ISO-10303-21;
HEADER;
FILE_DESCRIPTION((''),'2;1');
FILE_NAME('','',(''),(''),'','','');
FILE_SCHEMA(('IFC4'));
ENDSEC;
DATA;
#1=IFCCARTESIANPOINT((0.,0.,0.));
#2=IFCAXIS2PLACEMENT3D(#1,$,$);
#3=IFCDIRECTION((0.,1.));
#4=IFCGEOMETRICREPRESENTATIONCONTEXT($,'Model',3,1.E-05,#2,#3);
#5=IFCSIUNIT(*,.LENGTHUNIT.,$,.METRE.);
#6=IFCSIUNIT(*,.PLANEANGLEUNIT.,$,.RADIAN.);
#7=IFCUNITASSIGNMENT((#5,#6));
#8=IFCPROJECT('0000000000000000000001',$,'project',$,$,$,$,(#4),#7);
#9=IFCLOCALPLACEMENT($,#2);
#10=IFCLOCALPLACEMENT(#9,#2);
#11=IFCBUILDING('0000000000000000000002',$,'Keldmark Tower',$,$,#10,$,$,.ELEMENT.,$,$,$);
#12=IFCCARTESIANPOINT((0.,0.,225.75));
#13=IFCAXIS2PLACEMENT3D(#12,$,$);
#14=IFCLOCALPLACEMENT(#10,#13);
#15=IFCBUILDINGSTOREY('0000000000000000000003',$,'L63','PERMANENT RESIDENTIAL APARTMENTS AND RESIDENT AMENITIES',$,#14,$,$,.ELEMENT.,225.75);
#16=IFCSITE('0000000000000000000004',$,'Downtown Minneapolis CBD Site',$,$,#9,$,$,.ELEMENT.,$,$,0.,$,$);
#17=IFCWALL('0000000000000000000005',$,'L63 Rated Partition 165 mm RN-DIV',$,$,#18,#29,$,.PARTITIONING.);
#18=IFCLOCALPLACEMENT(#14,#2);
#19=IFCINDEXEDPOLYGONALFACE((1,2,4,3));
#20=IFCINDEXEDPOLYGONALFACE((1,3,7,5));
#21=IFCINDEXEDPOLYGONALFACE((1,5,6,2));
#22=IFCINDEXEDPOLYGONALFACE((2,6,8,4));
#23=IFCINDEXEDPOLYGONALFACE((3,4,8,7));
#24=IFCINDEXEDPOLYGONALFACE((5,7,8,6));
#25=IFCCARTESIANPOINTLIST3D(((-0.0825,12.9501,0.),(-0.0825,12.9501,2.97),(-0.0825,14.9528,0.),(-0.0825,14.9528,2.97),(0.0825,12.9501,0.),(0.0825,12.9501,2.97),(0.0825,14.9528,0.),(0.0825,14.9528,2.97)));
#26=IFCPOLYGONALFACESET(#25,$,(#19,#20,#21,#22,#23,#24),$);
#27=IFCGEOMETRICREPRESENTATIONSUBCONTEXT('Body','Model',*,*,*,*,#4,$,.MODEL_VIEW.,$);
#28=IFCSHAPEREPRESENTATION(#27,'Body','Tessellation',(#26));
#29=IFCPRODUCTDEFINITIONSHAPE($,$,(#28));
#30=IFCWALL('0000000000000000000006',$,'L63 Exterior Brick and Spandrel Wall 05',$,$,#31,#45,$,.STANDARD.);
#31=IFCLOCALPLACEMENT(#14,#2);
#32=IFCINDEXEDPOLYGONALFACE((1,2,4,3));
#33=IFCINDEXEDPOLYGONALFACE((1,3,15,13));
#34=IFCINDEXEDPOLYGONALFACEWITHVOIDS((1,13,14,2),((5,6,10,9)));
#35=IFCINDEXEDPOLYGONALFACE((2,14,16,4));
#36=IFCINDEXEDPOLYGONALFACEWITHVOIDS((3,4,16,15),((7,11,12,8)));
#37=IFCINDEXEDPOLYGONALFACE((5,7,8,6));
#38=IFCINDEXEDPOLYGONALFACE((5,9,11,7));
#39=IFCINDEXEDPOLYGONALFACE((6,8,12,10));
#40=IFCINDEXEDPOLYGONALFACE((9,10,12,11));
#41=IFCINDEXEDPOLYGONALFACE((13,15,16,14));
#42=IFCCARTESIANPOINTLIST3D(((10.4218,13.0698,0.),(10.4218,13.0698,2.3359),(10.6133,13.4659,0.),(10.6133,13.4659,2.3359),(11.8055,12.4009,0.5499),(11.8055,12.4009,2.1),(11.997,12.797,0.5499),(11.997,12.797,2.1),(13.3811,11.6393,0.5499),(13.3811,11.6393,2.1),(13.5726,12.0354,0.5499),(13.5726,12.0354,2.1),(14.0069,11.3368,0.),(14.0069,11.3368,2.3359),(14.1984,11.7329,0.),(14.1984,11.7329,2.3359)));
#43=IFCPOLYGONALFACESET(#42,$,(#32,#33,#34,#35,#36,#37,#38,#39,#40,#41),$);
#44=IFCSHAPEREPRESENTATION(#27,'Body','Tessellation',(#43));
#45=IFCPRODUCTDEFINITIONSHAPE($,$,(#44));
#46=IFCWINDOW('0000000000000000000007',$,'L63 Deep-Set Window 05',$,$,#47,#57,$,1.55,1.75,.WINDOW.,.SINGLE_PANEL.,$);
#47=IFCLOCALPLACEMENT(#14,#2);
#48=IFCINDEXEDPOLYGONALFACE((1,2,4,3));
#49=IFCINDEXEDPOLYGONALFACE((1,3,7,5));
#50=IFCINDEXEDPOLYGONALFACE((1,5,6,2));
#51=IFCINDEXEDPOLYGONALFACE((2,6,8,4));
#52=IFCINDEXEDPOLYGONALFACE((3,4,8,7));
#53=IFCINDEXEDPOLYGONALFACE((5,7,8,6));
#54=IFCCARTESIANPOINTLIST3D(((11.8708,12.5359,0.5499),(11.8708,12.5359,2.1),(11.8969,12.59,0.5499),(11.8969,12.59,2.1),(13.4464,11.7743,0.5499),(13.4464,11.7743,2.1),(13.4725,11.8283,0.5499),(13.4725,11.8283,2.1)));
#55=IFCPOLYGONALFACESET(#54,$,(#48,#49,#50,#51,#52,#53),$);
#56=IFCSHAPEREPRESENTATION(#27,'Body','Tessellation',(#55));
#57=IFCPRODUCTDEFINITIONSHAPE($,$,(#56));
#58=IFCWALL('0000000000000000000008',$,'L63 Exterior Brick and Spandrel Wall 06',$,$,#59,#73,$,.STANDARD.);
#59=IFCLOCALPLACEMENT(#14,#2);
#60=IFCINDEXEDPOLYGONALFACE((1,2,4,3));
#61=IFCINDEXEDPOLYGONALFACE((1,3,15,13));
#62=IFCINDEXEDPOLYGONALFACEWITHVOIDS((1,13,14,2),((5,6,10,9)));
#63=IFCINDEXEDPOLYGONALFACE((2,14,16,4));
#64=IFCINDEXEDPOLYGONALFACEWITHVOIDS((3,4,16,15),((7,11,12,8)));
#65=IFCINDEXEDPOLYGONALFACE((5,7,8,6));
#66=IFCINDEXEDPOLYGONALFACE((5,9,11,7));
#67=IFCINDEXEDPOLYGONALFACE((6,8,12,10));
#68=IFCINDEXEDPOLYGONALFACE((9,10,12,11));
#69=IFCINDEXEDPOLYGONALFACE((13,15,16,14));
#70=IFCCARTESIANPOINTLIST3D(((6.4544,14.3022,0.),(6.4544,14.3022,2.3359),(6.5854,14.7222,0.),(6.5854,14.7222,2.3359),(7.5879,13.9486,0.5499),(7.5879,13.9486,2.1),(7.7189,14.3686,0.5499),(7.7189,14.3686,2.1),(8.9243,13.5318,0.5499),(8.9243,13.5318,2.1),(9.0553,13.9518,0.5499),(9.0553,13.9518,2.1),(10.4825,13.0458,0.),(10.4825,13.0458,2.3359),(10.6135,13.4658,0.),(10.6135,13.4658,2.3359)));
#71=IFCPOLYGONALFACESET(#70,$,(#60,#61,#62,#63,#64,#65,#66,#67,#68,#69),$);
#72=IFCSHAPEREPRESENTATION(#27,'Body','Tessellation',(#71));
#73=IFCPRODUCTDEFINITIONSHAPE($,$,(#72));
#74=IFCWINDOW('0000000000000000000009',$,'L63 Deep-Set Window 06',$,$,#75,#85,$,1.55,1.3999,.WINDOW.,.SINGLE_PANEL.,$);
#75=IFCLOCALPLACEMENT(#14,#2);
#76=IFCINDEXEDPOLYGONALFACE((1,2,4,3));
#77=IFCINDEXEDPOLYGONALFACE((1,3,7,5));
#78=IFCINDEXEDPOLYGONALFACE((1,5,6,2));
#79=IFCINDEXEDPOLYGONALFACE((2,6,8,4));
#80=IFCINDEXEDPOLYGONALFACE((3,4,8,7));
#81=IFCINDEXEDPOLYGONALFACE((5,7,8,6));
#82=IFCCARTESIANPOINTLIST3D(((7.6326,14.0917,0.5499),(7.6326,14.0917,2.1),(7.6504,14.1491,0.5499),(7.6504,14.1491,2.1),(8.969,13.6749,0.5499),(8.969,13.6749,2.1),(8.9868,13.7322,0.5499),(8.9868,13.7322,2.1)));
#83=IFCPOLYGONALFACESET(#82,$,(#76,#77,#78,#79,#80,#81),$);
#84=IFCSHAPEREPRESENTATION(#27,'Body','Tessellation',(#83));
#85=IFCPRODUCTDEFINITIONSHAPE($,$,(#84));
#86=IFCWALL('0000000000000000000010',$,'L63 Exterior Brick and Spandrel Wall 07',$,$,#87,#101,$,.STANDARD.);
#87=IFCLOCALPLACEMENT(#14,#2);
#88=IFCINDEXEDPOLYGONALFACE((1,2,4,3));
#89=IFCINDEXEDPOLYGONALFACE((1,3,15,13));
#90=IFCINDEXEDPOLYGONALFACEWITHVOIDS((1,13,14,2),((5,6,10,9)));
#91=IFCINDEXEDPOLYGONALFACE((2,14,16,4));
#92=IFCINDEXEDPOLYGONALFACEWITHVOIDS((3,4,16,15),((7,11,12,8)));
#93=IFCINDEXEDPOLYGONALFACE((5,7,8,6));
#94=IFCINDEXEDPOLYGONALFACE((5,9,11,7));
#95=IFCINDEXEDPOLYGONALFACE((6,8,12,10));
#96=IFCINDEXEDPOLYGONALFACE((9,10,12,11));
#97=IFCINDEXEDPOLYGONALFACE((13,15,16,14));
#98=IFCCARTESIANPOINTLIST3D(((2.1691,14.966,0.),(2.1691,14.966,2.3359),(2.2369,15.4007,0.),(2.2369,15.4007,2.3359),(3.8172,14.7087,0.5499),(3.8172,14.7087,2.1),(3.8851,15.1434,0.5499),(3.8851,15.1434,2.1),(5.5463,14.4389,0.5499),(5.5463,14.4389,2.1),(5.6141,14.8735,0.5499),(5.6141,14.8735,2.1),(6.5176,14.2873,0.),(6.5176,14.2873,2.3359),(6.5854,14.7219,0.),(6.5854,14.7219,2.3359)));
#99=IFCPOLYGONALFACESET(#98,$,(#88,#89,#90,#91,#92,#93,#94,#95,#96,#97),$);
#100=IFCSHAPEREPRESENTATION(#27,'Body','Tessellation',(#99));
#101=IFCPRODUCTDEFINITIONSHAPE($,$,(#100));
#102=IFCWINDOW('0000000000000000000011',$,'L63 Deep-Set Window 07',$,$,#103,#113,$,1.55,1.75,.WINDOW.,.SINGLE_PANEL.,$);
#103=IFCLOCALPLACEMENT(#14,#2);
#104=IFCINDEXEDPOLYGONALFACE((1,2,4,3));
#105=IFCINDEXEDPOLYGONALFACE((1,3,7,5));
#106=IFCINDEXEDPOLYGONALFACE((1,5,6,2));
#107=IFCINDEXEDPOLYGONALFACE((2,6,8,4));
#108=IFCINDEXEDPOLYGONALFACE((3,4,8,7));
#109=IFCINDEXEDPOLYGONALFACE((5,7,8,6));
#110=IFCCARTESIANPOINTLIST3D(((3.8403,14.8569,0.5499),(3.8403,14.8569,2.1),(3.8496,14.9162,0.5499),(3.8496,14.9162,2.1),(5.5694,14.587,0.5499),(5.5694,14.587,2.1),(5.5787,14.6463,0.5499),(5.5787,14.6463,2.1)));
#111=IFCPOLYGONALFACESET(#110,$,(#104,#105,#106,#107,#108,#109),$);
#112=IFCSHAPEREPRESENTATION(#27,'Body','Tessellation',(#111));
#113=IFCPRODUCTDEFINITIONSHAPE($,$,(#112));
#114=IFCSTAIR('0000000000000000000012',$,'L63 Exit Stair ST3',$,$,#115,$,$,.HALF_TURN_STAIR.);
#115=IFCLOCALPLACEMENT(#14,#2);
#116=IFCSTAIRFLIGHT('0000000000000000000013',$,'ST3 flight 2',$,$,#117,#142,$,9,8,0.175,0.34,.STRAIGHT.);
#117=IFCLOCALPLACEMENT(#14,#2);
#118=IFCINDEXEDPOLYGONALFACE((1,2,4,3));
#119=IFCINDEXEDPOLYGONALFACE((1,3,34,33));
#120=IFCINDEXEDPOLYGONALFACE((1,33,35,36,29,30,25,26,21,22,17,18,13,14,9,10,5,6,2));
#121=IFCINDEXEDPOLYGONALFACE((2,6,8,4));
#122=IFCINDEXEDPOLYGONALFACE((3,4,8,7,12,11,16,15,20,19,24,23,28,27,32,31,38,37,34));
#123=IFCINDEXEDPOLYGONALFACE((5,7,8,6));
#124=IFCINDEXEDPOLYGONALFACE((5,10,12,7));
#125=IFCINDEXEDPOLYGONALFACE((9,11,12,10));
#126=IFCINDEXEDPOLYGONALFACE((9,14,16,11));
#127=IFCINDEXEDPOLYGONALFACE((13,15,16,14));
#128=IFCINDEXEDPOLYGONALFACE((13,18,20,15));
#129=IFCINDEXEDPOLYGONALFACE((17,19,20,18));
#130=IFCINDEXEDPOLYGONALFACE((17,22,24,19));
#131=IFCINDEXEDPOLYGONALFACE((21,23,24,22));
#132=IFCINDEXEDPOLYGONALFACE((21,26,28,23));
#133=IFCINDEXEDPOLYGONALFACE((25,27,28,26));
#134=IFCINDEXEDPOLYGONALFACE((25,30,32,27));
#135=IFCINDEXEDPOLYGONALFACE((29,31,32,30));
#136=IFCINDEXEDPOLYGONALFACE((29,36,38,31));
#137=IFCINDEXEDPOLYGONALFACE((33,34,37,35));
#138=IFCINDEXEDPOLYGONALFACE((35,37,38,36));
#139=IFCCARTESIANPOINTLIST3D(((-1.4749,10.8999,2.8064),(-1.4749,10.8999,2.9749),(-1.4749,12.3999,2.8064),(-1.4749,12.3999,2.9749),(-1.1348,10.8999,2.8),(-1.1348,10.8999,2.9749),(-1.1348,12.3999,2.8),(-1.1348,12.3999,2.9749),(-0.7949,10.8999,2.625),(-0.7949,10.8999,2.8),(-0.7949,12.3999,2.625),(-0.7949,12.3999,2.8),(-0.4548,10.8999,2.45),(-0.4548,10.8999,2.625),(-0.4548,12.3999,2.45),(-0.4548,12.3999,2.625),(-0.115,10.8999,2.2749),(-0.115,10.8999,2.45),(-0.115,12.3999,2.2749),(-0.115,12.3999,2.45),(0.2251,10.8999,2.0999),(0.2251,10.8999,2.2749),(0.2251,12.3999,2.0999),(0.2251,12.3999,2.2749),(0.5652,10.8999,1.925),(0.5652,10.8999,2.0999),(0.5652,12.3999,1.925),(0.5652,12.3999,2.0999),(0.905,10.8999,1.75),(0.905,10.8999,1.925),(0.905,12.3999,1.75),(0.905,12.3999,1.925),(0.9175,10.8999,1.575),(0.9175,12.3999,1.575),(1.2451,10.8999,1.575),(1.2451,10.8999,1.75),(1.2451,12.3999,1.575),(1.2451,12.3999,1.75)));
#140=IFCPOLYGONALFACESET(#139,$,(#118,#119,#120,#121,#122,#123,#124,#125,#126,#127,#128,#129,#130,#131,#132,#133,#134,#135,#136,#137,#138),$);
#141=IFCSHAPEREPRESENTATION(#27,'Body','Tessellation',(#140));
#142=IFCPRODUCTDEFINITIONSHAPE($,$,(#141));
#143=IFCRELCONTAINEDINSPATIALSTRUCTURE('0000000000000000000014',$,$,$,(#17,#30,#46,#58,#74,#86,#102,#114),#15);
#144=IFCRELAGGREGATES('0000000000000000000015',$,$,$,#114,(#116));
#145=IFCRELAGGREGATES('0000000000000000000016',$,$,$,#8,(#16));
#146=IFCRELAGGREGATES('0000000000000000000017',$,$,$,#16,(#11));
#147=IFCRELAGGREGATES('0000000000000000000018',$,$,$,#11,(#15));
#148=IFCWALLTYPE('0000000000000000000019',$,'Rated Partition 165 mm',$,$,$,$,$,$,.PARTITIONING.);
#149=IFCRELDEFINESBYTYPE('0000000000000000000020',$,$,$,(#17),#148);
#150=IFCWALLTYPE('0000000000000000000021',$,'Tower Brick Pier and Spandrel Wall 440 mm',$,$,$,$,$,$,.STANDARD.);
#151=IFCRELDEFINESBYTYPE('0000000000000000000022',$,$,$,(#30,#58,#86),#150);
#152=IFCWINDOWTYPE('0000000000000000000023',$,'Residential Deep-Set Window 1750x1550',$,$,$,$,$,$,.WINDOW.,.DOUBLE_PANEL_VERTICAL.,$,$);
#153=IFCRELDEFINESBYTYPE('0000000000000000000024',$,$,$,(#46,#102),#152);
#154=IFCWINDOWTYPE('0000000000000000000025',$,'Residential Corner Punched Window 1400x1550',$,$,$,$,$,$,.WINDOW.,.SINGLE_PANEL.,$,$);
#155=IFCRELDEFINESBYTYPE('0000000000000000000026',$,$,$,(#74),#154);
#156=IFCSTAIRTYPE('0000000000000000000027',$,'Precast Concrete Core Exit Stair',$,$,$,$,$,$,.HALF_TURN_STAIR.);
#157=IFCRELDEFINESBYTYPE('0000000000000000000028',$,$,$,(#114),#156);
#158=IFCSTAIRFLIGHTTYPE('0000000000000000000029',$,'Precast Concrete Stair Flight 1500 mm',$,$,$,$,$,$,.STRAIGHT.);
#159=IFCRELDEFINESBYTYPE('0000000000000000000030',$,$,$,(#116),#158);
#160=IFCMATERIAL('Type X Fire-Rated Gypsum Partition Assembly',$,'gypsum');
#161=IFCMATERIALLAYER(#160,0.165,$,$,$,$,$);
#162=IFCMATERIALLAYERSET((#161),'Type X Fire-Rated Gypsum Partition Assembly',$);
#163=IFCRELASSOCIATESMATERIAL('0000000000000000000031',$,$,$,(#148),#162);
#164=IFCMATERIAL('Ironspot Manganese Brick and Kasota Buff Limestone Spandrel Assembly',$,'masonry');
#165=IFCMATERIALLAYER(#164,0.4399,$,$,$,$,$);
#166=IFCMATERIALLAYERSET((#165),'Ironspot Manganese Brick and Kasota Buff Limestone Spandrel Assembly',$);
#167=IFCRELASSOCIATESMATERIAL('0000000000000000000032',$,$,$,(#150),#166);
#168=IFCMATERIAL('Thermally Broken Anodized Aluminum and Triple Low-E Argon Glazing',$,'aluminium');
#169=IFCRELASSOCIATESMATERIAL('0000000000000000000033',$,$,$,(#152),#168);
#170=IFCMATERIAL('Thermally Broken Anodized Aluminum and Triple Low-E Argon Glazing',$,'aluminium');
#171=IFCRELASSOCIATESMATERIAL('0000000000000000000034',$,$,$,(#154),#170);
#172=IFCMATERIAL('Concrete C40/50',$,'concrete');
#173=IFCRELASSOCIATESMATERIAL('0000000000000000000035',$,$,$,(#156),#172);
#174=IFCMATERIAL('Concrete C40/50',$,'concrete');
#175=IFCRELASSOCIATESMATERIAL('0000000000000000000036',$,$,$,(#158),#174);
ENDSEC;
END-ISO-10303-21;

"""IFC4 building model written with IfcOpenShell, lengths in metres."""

from ifc_helpers import new_model, si_unit, direction, frame, frame_2d, origin, place, context, subcontext, project, spatial, polyline, rectangle, outline, extrude, material, layer, layer_set, type_object, element, fill, aggregate, save


model = new_model("IFC4")

# Units and contexts
model_context = context("Model", 3, precision=1e-05, world=origin(), true_north=direction((0.0, 1.0)))
body_context = subcontext(model_context, "Body", "Model", "MODEL_VIEW")
ifc_project = project(units=[si_unit("LENGTHUNIT", "METRE"), si_unit("PLANEANGLEUNIT", "RADIAN")], contexts=[model_context])

# Site, building, storey
site_placement = place(None, origin())
site = spatial("IfcSite", under=ifc_project, at=site_placement, Name="Downtown Minneapolis CBD Site", CompositionType="ELEMENT", RefElevation=0.0)
building_placement = place(site_placement, origin())
building = spatial("IfcBuilding", under=site, at=building_placement, Name="Keldmark Tower", CompositionType="ELEMENT")
storey_placement = place(building_placement, frame((0.0, 0.0, 225.75)))
storey = spatial("IfcBuildingStorey", under=building, at=storey_placement, Name="L63", Description="PERMANENT RESIDENTIAL APARTMENTS AND RESIDENT AMENITIES", CompositionType="ELEMENT", Elevation=225.75)

# Wall
ifc_material_1 = material(Name="Type X Fire-Rated Gypsum Partition Assembly", Category="gypsum")
ifc_layer_1 = layer(ifc_material_1, 0.165)
ifc_layer_set_1 = layer_set([ifc_layer_1], Name="Type X Fire-Rated Gypsum Partition Assembly")
wall_type_1 = type_object("IfcWallType", Name="Rated Partition 165 mm", PredefinedType="PARTITIONING", material=ifc_layer_set_1)
wall_1_placement = place(storey_placement, frame((0.0, 12.95, 0.0), z_axis=(0.0, 0.0, 1.0), x_axis=(0.0, 1.0, 0.0)))
element("IfcWall", 1, at=wall_1_placement, inside=storey, type_object=wall_type_1, Name="L63 Rated Partition 165 mm RN-DIV", PredefinedType="PARTITIONING", context=body_context, shape_type="SweptSolid", body=[
    extrude(rectangle(XDim=2.0027, YDim=0.165, at=frame_2d((1.0015, 0.0))), origin(), (0.0, 0.0, 1.0), 2.97),
])

# Walls, openings, windows
ifc_material_2 = material(Name="Ironspot Manganese Brick and Kasota Buff Limestone Spandrel Assembly", Category="masonry")
ifc_layer_2 = layer(ifc_material_2, 0.4399)
ifc_layer_set_2 = layer_set([ifc_layer_2], Name="Ironspot Manganese Brick and Kasota Buff Limestone Spandrel Assembly")
wall_type_2 = type_object("IfcWallType", Name="Tower Brick Pier and Spandrel Wall 440 mm", PredefinedType="STANDARD", material=ifc_layer_set_2)
wall_2_placement = place(storey_placement, frame((10.5176, 13.2678, 0.0), z_axis=(0.0, 0.0, 1.0), x_axis=(0.900331, -0.435205, 0.0)))
wall_2 = element("IfcWall", 2, at=wall_2_placement, inside=storey, type_object=wall_type_2, Name="L63 Exterior Brick and Spandrel Wall 05", PredefinedType="STANDARD", context=body_context, shape_type="SweptSolid", body=[
    extrude(rectangle(XDim=3.9819, YDim=0.4399, at=frame_2d((1.991, 0.0))), origin(), (0.0, 0.0, 1.0), 2.3359),
])
opening_1_placement = place(wall_2_placement, frame((1.5369, 0.0, 0.55)))
opening_1 = element("IfcOpeningElement", 3, at=opening_1_placement, cuts=wall_2, PredefinedType="OPENING", context=body_context, shape_type="SweptSolid", body=[
    extrude(rectangle(XDim=1.75, YDim=1.55, at=frame_2d((0.875, 0.7749))), frame((0.0, 0.23, 0.0), z_axis=(0.0, -1.0, 0.0), x_axis=(1.0, 0.0, 0.0)), (0.0, 0.0, 1.0), 0.46),
])
ifc_material_3 = material(Name="Thermally Broken Anodized Aluminum and Triple Low-E Argon Glazing", Category="aluminium")
window_type_1 = type_object("IfcWindowType", Name="Residential Deep-Set Window 1750x1550", PartitioningType="DOUBLE_PANEL_VERTICAL", PredefinedType="WINDOW", material=ifc_material_3)
window_1_placement = place(opening_1_placement, origin())
window_1 = element("IfcWindow", 4, at=window_1_placement, inside=storey, type_object=window_type_1, Name="L63 Deep-Set Window 05", OverallHeight=1.55, OverallWidth=1.75, PartitioningType="SINGLE_PANEL", PredefinedType="WINDOW", context=body_context, shape_type="SweptSolid", body=[
    extrude(rectangle(XDim=1.75, YDim=1.55, at=frame_2d((0.875, 0.7749))), frame((0.0, -0.01, 0.0), z_axis=(0.0, -1.0, 0.0), x_axis=(1.0, 0.0, 0.0)), (0.0, 0.0, 1.0), 0.0601),
])
fill(opening_1, window_1)
wall_3_placement = place(storey_placement, frame((6.5198, 14.5122, 0.0), z_axis=(0.0, 0.0, 1.0), x_axis=(0.954644, -0.297751, 0.0)))
wall_3 = element("IfcWall", 5, at=wall_3_placement, inside=storey, type_object=wall_type_2, Name="L63 Exterior Brick and Spandrel Wall 06", PredefinedType="STANDARD", context=body_context, shape_type="SweptSolid", body=[
    extrude(rectangle(XDim=4.2195, YDim=0.4399, at=frame_2d((2.1099, 0.0))), origin(), (0.0, 0.0, 1.0), 2.3359),
])
opening_2_placement = place(wall_3_placement, frame((1.1875, 0.0, 0.55)))
opening_2 = element("IfcOpeningElement", 6, at=opening_2_placement, cuts=wall_3, PredefinedType="OPENING", context=body_context, shape_type="SweptSolid", body=[
    extrude(rectangle(XDim=1.3999, YDim=1.55, at=frame_2d((0.7, 0.7749))), frame((0.0, 0.23, 0.0), z_axis=(0.0, -1.0, 0.0), x_axis=(1.0, 0.0, 0.0)), (0.0, 0.0, 1.0), 0.46),
])
ifc_material_4 = material(Name="Thermally Broken Anodized Aluminum and Triple Low-E Argon Glazing", Category="aluminium")
window_type_2 = type_object("IfcWindowType", Name="Residential Corner Punched Window 1400x1550", PartitioningType="SINGLE_PANEL", PredefinedType="WINDOW", material=ifc_material_4)
window_2_placement = place(opening_2_placement, origin())
window_2 = element("IfcWindow", 7, at=window_2_placement, inside=storey, type_object=window_type_2, Name="L63 Deep-Set Window 06", OverallHeight=1.55, OverallWidth=1.3999, PartitioningType="SINGLE_PANEL", PredefinedType="WINDOW", context=body_context, shape_type="SweptSolid", body=[
    extrude(rectangle(XDim=1.3999, YDim=1.55, at=frame_2d((0.7, 0.7749))), frame((0.0, -0.01, 0.0), z_axis=(0.0, -1.0, 0.0), x_axis=(1.0, 0.0, 0.0)), (0.0, 0.0, 1.0), 0.0601),
])
fill(opening_2, window_2)
wall_4_placement = place(storey_placement, frame((2.2029, 15.1833, 0.0), z_axis=(0.0, 0.0, 1.0), x_axis=(0.988037, -0.154216, 0.0)))
wall_4 = element("IfcWall", 8, at=wall_4_placement, inside=storey, type_object=wall_type_2, Name="L63 Exterior Brick and Spandrel Wall 07", PredefinedType="STANDARD", context=body_context, shape_type="SweptSolid", body=[
    extrude(rectangle(XDim=4.4011, YDim=0.4399, at=frame_2d((2.2007, 0.0))), origin(), (0.0, 0.0, 1.0), 2.3359),
])
opening_3_placement = place(wall_4_placement, frame((1.6682, 0.0, 0.55)))
opening_3 = element("IfcOpeningElement", 9, at=opening_3_placement, cuts=wall_4, PredefinedType="OPENING", context=body_context, shape_type="SweptSolid", body=[
    extrude(rectangle(XDim=1.75, YDim=1.55, at=frame_2d((0.875, 0.7749))), frame((0.0, 0.23, 0.0), z_axis=(0.0, -1.0, 0.0), x_axis=(1.0, 0.0, 0.0)), (0.0, 0.0, 1.0), 0.46),
])
window_3_placement = place(opening_3_placement, origin())
window_3 = element("IfcWindow", 10, at=window_3_placement, inside=storey, type_object=window_type_1, Name="L63 Deep-Set Window 07", OverallHeight=1.55, OverallWidth=1.75, PartitioningType="SINGLE_PANEL", PredefinedType="WINDOW", context=body_context, shape_type="SweptSolid", body=[
    extrude(rectangle(XDim=1.75, YDim=1.55, at=frame_2d((0.875, 0.7749))), frame((0.0, -0.01, 0.0), z_axis=(0.0, -1.0, 0.0), x_axis=(1.0, 0.0, 0.0)), (0.0, 0.0, 1.0), 0.0601),
])
fill(opening_3, window_3)

# Stair, stair flight
ifc_material_5 = material(Name="Concrete C40/50", Category="concrete")
stair_type = type_object("IfcStairType", Name="Precast Concrete Core Exit Stair", PredefinedType="HALF_TURN_STAIR", material=ifc_material_5)
stair_placement = place(storey_placement, origin())
stair = element("IfcStair", 11, at=stair_placement, inside=storey, type_object=stair_type, Name="L63 Exit Stair ST3", PredefinedType="HALF_TURN_STAIR")
ifc_material_6 = material(Name="Concrete C40/50", Category="concrete")
stair_flight_type = type_object("IfcStairFlightType", Name="Precast Concrete Stair Flight 1500 mm", PredefinedType="STRAIGHT", material=ifc_material_6)
stair_flight_placement = place(storey_placement, frame((1.2451, 11.6499, 1.575), z_axis=(0.0, 0.0, 1.0), x_axis=(-1.0, 0.0, 0.0)))
stair_flight = element("IfcStairFlight", 12, at=stair_flight_placement, type_object=stair_flight_type, Name="ST3 flight 2", NumberOfRisers=9, NumberOfTreads=8, PredefinedType="STRAIGHT", RiserHeight=0.175, TreadLength=0.34, context=body_context, shape_type="SweptSolid", body=[
    extrude(outline(polyline([(0.0, 0.0), (0.0, 0.175), (0.3401, 0.175), (0.3401, 0.3501), (0.6799, 0.3501), (0.6799, 0.5249), (1.02, 0.5249), (1.02, 0.7), (1.3601, 0.7), (1.3601, 0.875), (1.7, 0.875), (1.7, 1.05), (2.04, 1.05), (2.04, 1.2251), (2.3799, 1.2251), (2.3799, 1.3999), (2.72, 1.3999), (2.72, 1.575), (2.72, 1.2314), (0.3276, 0.0), (0.0, 0.0)])), frame((0.0, 0.75, 0.0), z_axis=(0.0, -1.0, 0.0), x_axis=(1.0, 0.0, 0.0)), (0.0, 0.0, 1.0), 1.5),
])
aggregate(stair, [stair_flight])

save(model, "model.ifc")
